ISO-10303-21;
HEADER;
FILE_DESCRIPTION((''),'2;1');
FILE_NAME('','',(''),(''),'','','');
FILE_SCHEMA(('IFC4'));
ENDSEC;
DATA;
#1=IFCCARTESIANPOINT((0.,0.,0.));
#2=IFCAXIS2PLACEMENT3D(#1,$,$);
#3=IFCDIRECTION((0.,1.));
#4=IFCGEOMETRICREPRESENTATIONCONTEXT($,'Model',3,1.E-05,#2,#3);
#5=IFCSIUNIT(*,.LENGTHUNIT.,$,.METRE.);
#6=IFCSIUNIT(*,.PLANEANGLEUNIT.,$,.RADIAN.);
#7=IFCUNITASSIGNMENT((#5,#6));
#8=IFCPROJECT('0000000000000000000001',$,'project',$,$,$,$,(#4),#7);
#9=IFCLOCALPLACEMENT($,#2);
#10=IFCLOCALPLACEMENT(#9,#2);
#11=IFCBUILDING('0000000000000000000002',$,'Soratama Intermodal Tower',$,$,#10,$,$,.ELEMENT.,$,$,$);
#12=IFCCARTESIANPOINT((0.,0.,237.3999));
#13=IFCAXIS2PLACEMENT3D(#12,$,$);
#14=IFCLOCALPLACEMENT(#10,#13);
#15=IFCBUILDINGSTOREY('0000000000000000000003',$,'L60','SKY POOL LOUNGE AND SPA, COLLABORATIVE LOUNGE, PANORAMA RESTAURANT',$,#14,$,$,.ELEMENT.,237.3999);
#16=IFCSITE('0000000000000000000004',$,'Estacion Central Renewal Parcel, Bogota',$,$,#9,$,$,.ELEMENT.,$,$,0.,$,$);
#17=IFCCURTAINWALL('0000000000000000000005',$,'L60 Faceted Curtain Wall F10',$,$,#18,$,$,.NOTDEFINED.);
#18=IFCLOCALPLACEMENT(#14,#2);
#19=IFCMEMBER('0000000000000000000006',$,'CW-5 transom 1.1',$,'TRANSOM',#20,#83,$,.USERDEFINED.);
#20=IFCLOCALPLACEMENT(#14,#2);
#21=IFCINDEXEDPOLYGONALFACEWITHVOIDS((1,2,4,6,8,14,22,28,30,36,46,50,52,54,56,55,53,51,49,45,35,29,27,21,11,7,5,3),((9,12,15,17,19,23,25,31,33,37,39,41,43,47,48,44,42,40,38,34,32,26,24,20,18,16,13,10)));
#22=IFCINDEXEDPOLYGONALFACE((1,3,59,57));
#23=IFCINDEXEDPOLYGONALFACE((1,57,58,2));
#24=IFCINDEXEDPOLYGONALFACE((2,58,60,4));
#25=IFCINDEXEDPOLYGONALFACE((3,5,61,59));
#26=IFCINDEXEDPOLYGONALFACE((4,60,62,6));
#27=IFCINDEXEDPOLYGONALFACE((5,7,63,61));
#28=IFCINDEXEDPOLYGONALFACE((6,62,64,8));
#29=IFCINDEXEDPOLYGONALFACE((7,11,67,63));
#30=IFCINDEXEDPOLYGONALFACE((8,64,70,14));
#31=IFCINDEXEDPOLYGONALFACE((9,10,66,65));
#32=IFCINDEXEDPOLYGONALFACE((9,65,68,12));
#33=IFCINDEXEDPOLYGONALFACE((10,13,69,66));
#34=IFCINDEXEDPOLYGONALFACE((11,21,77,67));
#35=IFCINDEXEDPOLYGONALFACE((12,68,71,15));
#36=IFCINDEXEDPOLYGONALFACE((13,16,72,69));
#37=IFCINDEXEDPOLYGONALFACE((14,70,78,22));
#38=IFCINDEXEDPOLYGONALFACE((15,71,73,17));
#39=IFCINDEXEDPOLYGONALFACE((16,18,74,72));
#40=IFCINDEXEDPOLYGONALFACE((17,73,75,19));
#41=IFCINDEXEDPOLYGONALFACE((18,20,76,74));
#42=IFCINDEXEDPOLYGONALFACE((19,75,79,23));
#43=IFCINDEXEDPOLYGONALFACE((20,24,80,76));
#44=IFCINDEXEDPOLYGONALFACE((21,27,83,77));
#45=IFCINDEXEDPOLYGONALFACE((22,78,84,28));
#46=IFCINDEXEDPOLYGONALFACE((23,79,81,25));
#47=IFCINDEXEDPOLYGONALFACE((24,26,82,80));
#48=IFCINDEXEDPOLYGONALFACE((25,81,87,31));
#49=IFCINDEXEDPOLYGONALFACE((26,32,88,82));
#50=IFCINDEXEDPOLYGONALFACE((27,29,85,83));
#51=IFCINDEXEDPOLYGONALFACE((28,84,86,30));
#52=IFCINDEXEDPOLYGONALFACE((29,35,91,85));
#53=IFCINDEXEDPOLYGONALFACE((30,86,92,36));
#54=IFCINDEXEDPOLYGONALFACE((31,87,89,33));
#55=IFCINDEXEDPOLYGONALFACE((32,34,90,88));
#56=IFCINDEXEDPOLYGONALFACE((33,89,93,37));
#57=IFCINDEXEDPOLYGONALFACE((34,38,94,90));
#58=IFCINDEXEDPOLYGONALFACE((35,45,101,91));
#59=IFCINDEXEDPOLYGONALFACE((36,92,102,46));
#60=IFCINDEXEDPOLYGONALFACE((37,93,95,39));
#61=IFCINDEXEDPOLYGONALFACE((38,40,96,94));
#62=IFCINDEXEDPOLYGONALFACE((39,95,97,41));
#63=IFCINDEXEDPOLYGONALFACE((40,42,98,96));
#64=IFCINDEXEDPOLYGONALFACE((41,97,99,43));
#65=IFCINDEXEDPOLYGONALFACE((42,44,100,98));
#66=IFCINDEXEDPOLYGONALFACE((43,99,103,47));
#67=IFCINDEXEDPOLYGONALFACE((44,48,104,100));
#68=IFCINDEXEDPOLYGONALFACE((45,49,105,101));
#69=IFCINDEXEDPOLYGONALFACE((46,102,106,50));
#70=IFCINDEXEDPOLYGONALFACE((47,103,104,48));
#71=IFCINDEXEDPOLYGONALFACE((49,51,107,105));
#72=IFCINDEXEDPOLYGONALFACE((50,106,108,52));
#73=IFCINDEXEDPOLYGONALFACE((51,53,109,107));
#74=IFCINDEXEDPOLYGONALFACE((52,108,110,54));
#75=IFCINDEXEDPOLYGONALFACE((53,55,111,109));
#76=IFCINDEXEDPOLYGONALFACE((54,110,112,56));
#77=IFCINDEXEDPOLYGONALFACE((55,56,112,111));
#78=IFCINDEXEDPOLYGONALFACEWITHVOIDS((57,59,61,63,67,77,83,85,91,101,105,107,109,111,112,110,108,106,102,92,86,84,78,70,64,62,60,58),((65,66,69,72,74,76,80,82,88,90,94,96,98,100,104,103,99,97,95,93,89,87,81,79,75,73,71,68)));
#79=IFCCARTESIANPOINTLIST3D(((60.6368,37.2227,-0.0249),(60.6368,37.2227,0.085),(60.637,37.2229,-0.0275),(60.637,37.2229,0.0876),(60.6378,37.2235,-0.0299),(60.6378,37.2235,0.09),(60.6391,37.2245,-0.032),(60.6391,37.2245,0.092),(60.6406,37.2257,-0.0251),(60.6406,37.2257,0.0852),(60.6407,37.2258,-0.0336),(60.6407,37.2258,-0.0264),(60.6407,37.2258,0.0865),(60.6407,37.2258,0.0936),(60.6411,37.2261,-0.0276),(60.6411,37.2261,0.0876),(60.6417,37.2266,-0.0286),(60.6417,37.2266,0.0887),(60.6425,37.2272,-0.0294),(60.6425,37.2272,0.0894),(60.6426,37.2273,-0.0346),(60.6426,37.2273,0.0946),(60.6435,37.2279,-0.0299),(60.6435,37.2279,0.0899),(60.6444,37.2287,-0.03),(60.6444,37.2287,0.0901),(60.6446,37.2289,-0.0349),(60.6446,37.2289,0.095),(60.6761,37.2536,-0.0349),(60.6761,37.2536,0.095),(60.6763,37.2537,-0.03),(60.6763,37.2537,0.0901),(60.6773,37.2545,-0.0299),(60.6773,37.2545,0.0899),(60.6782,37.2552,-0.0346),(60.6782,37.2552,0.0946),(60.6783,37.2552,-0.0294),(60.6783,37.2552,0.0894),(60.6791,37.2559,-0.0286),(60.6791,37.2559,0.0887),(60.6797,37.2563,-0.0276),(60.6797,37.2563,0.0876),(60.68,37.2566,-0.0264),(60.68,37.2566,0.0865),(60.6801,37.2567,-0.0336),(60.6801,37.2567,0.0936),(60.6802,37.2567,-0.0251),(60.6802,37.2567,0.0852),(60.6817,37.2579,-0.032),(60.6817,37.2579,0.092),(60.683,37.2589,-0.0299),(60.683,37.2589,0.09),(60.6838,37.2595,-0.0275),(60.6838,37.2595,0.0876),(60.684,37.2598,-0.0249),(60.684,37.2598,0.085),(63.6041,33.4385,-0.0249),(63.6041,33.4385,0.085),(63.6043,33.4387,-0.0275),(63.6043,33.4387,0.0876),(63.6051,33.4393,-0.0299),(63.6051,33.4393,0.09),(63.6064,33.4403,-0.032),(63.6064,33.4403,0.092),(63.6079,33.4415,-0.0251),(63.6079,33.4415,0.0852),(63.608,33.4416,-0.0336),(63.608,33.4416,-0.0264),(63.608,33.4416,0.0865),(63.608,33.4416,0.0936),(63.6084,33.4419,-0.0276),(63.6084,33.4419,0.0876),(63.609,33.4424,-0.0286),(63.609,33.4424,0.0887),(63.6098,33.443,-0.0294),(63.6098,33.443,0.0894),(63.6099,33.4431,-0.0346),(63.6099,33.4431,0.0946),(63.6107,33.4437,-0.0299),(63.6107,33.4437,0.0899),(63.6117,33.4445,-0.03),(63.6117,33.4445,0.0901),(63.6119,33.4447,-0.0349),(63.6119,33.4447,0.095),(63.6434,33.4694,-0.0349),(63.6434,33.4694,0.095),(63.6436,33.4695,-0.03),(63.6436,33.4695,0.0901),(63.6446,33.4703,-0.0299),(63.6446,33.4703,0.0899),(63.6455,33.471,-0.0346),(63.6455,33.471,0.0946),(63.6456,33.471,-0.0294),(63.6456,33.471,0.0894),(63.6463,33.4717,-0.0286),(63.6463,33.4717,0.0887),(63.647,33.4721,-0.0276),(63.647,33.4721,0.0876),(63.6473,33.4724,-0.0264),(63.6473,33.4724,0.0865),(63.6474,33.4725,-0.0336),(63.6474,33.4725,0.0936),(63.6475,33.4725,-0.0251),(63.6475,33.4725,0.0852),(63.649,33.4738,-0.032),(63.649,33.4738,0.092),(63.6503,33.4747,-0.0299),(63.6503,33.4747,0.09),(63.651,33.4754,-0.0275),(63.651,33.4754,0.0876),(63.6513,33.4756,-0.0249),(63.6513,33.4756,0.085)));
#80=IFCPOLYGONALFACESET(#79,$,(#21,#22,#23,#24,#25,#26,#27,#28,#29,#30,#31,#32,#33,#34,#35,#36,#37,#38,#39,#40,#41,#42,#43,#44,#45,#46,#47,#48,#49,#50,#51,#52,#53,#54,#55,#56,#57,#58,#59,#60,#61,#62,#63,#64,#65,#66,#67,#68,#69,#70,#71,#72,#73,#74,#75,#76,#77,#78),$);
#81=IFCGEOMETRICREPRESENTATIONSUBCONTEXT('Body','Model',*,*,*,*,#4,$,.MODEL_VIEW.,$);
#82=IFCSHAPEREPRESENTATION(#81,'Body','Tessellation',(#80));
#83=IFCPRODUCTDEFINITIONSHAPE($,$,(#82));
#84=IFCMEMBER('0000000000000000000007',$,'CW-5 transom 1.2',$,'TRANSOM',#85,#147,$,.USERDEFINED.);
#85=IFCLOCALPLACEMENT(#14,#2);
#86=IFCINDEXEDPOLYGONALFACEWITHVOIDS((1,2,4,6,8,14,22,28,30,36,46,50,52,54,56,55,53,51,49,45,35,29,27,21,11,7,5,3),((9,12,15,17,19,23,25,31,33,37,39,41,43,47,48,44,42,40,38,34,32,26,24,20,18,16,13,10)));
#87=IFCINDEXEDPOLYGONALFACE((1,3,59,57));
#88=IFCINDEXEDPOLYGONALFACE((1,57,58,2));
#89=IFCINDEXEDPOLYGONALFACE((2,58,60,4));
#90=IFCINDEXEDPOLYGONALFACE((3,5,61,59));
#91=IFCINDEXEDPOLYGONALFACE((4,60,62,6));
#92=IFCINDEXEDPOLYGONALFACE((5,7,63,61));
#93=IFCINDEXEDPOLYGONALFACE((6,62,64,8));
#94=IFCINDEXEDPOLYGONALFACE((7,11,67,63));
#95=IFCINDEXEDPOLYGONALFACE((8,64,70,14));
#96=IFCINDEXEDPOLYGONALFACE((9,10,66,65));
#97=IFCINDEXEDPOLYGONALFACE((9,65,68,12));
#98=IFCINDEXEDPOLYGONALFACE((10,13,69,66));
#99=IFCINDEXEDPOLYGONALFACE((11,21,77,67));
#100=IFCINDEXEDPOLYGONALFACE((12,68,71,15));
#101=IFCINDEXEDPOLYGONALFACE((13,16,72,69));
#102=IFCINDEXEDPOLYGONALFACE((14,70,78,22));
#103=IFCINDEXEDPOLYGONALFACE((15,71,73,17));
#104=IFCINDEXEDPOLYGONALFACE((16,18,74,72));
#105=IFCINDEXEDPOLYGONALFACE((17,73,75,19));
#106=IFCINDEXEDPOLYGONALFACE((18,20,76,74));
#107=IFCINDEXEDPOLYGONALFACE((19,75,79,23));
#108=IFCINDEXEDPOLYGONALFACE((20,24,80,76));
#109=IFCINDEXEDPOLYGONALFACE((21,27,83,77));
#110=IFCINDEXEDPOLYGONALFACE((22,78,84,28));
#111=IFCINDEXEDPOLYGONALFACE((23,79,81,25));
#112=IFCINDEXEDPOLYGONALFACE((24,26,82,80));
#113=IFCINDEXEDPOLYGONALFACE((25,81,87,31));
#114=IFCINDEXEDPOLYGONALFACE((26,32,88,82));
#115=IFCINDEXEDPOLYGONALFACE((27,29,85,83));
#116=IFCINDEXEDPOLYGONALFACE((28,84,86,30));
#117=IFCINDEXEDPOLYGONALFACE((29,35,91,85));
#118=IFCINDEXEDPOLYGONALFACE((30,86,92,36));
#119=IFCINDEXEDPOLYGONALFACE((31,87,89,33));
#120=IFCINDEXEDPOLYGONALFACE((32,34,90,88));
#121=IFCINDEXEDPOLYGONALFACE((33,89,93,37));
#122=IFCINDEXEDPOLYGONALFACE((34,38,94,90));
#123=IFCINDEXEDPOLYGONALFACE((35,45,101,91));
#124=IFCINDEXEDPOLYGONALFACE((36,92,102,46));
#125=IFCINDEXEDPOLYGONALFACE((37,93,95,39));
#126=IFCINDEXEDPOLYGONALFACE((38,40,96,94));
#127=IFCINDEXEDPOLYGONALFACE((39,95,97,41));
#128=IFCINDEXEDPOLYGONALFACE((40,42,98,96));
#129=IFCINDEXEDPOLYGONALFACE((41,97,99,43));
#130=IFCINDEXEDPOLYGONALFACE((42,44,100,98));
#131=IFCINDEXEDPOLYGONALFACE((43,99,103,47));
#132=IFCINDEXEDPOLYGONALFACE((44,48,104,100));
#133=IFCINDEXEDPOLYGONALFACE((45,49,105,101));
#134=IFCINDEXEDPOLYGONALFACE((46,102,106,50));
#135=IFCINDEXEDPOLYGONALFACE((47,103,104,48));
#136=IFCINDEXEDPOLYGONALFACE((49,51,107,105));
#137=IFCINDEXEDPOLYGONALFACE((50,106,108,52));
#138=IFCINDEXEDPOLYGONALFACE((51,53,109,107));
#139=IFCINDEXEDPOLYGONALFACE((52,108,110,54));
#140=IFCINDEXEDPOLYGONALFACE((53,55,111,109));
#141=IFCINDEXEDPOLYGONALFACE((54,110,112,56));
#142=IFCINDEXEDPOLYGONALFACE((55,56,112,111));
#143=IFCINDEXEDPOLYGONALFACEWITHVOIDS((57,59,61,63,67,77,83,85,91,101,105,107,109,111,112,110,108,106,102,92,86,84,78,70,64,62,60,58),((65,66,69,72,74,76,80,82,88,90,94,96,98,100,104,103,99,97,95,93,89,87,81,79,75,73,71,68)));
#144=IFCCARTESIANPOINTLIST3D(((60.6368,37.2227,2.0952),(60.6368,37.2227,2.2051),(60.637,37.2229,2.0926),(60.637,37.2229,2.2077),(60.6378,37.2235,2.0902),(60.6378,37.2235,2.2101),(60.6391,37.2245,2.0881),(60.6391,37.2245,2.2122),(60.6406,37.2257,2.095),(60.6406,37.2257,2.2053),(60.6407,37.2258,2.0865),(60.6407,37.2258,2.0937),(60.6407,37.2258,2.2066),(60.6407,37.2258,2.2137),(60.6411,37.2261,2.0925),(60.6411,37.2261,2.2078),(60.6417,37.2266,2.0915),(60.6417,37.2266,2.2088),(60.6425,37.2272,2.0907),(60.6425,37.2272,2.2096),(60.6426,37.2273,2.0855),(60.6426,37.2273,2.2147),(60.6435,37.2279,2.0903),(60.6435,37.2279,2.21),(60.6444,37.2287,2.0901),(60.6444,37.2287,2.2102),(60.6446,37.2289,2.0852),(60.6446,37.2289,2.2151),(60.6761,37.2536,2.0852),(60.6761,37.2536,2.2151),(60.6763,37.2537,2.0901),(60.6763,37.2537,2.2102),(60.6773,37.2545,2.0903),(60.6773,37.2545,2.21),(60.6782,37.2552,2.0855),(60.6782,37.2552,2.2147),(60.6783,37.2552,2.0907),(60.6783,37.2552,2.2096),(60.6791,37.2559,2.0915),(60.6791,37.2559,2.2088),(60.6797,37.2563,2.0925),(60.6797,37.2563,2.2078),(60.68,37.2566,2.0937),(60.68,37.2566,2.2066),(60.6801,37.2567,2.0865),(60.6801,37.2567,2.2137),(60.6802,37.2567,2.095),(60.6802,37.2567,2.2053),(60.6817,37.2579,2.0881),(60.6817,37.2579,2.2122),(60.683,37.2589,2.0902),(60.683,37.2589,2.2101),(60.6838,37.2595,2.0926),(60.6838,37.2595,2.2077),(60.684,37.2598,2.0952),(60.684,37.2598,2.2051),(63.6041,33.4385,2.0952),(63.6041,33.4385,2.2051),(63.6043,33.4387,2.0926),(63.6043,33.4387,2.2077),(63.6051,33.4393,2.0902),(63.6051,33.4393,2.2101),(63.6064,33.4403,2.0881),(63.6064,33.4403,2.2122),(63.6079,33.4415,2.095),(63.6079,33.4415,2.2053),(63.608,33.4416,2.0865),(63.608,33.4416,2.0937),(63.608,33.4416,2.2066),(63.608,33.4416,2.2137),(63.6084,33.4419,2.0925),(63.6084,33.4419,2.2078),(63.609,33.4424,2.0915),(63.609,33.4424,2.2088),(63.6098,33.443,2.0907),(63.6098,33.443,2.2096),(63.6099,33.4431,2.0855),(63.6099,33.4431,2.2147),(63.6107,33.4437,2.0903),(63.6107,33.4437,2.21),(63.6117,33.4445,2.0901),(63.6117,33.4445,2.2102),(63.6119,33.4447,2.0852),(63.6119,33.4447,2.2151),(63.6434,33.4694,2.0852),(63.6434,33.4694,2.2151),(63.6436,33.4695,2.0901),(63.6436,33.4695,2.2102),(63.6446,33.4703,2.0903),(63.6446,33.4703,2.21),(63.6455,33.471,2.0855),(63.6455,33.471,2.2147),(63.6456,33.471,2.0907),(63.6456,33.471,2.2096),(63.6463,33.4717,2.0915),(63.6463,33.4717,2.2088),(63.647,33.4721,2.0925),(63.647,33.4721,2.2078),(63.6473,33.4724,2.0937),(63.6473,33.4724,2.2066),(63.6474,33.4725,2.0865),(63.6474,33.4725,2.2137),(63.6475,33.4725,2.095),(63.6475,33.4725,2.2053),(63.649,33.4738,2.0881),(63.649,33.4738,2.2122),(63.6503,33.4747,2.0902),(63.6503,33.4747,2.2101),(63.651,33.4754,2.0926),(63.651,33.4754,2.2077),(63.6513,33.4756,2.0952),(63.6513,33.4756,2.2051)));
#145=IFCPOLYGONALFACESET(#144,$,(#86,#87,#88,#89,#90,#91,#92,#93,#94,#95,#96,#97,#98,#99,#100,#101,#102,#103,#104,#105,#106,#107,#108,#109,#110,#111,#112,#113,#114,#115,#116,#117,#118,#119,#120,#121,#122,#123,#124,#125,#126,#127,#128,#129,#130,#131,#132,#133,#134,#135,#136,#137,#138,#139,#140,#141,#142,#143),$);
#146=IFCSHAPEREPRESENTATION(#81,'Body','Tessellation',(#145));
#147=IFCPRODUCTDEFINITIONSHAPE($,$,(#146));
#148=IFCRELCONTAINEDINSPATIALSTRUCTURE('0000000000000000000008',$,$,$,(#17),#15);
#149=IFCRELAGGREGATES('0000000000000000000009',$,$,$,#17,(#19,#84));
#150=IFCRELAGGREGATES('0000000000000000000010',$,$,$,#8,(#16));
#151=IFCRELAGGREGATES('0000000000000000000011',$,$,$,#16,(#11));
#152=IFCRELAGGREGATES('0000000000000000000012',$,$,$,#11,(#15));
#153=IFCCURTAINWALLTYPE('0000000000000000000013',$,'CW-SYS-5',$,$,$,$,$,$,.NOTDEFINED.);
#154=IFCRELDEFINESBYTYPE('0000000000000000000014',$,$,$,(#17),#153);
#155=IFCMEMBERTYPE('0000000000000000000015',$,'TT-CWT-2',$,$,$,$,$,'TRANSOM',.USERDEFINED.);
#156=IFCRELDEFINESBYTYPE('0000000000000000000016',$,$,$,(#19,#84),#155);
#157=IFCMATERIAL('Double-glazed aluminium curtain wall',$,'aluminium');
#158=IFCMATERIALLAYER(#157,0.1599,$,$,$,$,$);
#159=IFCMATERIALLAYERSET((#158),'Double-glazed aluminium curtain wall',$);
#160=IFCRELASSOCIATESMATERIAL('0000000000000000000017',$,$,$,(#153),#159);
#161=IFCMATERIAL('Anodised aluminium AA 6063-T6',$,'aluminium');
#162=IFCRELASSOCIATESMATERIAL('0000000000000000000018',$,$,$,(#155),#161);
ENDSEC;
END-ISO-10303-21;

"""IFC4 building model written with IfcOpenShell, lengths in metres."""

from ifc_helpers import new_model, si_unit, direction, frame, origin, origin_2d, place, context, subcontext, project, spatial, hollow_rectangle, extrude, material, layer, layer_set, material_profile, profile_set, type_object, element, aggregate, save


model = new_model("IFC4")

# Units and contexts
model_context = context("Model", 3, precision=1e-05, world=origin(), true_north=direction((0.0, 1.0)))
body_context = subcontext(model_context, "Body", "Model", "MODEL_VIEW")
ifc_project = project(units=[si_unit("LENGTHUNIT", "METRE"), si_unit("PLANEANGLEUNIT", "RADIAN")], contexts=[model_context])

# Site, building, storey
site_placement = place(None, origin())
site = spatial("IfcSite", under=ifc_project, at=site_placement, Name="Estacion Central Renewal Parcel, Bogota", CompositionType="ELEMENT", RefElevation=0.0)
building_placement = place(site_placement, origin())
building = spatial("IfcBuilding", under=site, at=building_placement, Name="Soratama Intermodal Tower", CompositionType="ELEMENT")
storey_placement = place(building_placement, frame((0.0, 0.0, 237.3999)))
storey = spatial("IfcBuildingStorey", under=building, at=storey_placement, Name="L60", Description="SKY POOL LOUNGE AND SPA, COLLABORATIVE LOUNGE, PANORAMA RESTAURANT", CompositionType="ELEMENT", Elevation=237.3999)

# Curtain wall, members
ifc_material_1 = material(Name="Double-glazed aluminium curtain wall", Category="aluminium")
ifc_layer_1 = layer(ifc_material_1, 0.1599)
ifc_layer_set_1 = layer_set([ifc_layer_1], Name="Double-glazed aluminium curtain wall")
curtain_wall_type = type_object("IfcCurtainWallType", Name="CW-SYS-5", PredefinedType="NOTDEFINED", material=ifc_layer_set_1)
curtain_wall_placement = place(storey_placement, origin())
curtain_wall = element("IfcCurtainWall", 1, at=curtain_wall_placement, inside=storey, type_object=curtain_wall_type, Name="L60 Faceted Curtain Wall F10", PredefinedType="NOTDEFINED")
ifc_material_2 = material(Name="Anodised aluminium AA 6063-T6", Category="aluminium")
ifc_material_profile_1 = material_profile(ifc_material_2, hollow_rectangle(XDim=0.0601, YDim=0.1299, WallThickness=0.0049, InnerFilletRadius=0.0049, OuterFilletRadius=0.01, at=origin_2d()), Name="CWT130X60X5")
ifc_profile_set_1 = profile_set([ifc_material_profile_1], Name="Anodised aluminium AA 6063-T6")
member_type_1 = type_object("IfcMemberType", Name="TT-CWT-2", ElementType="TRANSOM", PredefinedType="USERDEFINED", material=ifc_profile_set_1)
member_1_placement = place(storey_placement, frame((63.6277, 33.457, 0.03), z_axis=(-0.61705, 0.786924, 0.0), x_axis=(-0.786924, -0.61705, 0.0)))
member_1 = element("IfcMember", 2, at=member_1_placement, type_object=member_type_1, Name="CW-5 transom 1.1", ObjectType="TRANSOM", PredefinedType="USERDEFINED", context=body_context, shape_type="SweptSolid", body=[
    extrude(hollow_rectangle(XDim=0.0601, YDim=0.1299, WallThickness=0.0049, InnerFilletRadius=0.0049, OuterFilletRadius=0.01, at=origin_2d()), origin(), (0.0, 0.0, 1.0), 4.8088),
])
member_2_placement = place(storey_placement, frame((63.6277, 33.457, 2.1501), z_axis=(-0.61705, 0.786924, 0.0), x_axis=(-0.786924, -0.61705, 0.0)))
member_2 = element("IfcMember", 3, at=member_2_placement, type_object=member_type_1, Name="CW-5 transom 1.2", ObjectType="TRANSOM", PredefinedType="USERDEFINED", context=body_context, shape_type="SweptSolid", body=[
    extrude(hollow_rectangle(XDim=0.0601, YDim=0.1299, WallThickness=0.0049, InnerFilletRadius=0.0049, OuterFilletRadius=0.01, at=origin_2d()), origin(), (0.0, 0.0, 1.0), 4.8088),
])
aggregate(curtain_wall, [member_1, member_2])

save(model, "model.ifc")
